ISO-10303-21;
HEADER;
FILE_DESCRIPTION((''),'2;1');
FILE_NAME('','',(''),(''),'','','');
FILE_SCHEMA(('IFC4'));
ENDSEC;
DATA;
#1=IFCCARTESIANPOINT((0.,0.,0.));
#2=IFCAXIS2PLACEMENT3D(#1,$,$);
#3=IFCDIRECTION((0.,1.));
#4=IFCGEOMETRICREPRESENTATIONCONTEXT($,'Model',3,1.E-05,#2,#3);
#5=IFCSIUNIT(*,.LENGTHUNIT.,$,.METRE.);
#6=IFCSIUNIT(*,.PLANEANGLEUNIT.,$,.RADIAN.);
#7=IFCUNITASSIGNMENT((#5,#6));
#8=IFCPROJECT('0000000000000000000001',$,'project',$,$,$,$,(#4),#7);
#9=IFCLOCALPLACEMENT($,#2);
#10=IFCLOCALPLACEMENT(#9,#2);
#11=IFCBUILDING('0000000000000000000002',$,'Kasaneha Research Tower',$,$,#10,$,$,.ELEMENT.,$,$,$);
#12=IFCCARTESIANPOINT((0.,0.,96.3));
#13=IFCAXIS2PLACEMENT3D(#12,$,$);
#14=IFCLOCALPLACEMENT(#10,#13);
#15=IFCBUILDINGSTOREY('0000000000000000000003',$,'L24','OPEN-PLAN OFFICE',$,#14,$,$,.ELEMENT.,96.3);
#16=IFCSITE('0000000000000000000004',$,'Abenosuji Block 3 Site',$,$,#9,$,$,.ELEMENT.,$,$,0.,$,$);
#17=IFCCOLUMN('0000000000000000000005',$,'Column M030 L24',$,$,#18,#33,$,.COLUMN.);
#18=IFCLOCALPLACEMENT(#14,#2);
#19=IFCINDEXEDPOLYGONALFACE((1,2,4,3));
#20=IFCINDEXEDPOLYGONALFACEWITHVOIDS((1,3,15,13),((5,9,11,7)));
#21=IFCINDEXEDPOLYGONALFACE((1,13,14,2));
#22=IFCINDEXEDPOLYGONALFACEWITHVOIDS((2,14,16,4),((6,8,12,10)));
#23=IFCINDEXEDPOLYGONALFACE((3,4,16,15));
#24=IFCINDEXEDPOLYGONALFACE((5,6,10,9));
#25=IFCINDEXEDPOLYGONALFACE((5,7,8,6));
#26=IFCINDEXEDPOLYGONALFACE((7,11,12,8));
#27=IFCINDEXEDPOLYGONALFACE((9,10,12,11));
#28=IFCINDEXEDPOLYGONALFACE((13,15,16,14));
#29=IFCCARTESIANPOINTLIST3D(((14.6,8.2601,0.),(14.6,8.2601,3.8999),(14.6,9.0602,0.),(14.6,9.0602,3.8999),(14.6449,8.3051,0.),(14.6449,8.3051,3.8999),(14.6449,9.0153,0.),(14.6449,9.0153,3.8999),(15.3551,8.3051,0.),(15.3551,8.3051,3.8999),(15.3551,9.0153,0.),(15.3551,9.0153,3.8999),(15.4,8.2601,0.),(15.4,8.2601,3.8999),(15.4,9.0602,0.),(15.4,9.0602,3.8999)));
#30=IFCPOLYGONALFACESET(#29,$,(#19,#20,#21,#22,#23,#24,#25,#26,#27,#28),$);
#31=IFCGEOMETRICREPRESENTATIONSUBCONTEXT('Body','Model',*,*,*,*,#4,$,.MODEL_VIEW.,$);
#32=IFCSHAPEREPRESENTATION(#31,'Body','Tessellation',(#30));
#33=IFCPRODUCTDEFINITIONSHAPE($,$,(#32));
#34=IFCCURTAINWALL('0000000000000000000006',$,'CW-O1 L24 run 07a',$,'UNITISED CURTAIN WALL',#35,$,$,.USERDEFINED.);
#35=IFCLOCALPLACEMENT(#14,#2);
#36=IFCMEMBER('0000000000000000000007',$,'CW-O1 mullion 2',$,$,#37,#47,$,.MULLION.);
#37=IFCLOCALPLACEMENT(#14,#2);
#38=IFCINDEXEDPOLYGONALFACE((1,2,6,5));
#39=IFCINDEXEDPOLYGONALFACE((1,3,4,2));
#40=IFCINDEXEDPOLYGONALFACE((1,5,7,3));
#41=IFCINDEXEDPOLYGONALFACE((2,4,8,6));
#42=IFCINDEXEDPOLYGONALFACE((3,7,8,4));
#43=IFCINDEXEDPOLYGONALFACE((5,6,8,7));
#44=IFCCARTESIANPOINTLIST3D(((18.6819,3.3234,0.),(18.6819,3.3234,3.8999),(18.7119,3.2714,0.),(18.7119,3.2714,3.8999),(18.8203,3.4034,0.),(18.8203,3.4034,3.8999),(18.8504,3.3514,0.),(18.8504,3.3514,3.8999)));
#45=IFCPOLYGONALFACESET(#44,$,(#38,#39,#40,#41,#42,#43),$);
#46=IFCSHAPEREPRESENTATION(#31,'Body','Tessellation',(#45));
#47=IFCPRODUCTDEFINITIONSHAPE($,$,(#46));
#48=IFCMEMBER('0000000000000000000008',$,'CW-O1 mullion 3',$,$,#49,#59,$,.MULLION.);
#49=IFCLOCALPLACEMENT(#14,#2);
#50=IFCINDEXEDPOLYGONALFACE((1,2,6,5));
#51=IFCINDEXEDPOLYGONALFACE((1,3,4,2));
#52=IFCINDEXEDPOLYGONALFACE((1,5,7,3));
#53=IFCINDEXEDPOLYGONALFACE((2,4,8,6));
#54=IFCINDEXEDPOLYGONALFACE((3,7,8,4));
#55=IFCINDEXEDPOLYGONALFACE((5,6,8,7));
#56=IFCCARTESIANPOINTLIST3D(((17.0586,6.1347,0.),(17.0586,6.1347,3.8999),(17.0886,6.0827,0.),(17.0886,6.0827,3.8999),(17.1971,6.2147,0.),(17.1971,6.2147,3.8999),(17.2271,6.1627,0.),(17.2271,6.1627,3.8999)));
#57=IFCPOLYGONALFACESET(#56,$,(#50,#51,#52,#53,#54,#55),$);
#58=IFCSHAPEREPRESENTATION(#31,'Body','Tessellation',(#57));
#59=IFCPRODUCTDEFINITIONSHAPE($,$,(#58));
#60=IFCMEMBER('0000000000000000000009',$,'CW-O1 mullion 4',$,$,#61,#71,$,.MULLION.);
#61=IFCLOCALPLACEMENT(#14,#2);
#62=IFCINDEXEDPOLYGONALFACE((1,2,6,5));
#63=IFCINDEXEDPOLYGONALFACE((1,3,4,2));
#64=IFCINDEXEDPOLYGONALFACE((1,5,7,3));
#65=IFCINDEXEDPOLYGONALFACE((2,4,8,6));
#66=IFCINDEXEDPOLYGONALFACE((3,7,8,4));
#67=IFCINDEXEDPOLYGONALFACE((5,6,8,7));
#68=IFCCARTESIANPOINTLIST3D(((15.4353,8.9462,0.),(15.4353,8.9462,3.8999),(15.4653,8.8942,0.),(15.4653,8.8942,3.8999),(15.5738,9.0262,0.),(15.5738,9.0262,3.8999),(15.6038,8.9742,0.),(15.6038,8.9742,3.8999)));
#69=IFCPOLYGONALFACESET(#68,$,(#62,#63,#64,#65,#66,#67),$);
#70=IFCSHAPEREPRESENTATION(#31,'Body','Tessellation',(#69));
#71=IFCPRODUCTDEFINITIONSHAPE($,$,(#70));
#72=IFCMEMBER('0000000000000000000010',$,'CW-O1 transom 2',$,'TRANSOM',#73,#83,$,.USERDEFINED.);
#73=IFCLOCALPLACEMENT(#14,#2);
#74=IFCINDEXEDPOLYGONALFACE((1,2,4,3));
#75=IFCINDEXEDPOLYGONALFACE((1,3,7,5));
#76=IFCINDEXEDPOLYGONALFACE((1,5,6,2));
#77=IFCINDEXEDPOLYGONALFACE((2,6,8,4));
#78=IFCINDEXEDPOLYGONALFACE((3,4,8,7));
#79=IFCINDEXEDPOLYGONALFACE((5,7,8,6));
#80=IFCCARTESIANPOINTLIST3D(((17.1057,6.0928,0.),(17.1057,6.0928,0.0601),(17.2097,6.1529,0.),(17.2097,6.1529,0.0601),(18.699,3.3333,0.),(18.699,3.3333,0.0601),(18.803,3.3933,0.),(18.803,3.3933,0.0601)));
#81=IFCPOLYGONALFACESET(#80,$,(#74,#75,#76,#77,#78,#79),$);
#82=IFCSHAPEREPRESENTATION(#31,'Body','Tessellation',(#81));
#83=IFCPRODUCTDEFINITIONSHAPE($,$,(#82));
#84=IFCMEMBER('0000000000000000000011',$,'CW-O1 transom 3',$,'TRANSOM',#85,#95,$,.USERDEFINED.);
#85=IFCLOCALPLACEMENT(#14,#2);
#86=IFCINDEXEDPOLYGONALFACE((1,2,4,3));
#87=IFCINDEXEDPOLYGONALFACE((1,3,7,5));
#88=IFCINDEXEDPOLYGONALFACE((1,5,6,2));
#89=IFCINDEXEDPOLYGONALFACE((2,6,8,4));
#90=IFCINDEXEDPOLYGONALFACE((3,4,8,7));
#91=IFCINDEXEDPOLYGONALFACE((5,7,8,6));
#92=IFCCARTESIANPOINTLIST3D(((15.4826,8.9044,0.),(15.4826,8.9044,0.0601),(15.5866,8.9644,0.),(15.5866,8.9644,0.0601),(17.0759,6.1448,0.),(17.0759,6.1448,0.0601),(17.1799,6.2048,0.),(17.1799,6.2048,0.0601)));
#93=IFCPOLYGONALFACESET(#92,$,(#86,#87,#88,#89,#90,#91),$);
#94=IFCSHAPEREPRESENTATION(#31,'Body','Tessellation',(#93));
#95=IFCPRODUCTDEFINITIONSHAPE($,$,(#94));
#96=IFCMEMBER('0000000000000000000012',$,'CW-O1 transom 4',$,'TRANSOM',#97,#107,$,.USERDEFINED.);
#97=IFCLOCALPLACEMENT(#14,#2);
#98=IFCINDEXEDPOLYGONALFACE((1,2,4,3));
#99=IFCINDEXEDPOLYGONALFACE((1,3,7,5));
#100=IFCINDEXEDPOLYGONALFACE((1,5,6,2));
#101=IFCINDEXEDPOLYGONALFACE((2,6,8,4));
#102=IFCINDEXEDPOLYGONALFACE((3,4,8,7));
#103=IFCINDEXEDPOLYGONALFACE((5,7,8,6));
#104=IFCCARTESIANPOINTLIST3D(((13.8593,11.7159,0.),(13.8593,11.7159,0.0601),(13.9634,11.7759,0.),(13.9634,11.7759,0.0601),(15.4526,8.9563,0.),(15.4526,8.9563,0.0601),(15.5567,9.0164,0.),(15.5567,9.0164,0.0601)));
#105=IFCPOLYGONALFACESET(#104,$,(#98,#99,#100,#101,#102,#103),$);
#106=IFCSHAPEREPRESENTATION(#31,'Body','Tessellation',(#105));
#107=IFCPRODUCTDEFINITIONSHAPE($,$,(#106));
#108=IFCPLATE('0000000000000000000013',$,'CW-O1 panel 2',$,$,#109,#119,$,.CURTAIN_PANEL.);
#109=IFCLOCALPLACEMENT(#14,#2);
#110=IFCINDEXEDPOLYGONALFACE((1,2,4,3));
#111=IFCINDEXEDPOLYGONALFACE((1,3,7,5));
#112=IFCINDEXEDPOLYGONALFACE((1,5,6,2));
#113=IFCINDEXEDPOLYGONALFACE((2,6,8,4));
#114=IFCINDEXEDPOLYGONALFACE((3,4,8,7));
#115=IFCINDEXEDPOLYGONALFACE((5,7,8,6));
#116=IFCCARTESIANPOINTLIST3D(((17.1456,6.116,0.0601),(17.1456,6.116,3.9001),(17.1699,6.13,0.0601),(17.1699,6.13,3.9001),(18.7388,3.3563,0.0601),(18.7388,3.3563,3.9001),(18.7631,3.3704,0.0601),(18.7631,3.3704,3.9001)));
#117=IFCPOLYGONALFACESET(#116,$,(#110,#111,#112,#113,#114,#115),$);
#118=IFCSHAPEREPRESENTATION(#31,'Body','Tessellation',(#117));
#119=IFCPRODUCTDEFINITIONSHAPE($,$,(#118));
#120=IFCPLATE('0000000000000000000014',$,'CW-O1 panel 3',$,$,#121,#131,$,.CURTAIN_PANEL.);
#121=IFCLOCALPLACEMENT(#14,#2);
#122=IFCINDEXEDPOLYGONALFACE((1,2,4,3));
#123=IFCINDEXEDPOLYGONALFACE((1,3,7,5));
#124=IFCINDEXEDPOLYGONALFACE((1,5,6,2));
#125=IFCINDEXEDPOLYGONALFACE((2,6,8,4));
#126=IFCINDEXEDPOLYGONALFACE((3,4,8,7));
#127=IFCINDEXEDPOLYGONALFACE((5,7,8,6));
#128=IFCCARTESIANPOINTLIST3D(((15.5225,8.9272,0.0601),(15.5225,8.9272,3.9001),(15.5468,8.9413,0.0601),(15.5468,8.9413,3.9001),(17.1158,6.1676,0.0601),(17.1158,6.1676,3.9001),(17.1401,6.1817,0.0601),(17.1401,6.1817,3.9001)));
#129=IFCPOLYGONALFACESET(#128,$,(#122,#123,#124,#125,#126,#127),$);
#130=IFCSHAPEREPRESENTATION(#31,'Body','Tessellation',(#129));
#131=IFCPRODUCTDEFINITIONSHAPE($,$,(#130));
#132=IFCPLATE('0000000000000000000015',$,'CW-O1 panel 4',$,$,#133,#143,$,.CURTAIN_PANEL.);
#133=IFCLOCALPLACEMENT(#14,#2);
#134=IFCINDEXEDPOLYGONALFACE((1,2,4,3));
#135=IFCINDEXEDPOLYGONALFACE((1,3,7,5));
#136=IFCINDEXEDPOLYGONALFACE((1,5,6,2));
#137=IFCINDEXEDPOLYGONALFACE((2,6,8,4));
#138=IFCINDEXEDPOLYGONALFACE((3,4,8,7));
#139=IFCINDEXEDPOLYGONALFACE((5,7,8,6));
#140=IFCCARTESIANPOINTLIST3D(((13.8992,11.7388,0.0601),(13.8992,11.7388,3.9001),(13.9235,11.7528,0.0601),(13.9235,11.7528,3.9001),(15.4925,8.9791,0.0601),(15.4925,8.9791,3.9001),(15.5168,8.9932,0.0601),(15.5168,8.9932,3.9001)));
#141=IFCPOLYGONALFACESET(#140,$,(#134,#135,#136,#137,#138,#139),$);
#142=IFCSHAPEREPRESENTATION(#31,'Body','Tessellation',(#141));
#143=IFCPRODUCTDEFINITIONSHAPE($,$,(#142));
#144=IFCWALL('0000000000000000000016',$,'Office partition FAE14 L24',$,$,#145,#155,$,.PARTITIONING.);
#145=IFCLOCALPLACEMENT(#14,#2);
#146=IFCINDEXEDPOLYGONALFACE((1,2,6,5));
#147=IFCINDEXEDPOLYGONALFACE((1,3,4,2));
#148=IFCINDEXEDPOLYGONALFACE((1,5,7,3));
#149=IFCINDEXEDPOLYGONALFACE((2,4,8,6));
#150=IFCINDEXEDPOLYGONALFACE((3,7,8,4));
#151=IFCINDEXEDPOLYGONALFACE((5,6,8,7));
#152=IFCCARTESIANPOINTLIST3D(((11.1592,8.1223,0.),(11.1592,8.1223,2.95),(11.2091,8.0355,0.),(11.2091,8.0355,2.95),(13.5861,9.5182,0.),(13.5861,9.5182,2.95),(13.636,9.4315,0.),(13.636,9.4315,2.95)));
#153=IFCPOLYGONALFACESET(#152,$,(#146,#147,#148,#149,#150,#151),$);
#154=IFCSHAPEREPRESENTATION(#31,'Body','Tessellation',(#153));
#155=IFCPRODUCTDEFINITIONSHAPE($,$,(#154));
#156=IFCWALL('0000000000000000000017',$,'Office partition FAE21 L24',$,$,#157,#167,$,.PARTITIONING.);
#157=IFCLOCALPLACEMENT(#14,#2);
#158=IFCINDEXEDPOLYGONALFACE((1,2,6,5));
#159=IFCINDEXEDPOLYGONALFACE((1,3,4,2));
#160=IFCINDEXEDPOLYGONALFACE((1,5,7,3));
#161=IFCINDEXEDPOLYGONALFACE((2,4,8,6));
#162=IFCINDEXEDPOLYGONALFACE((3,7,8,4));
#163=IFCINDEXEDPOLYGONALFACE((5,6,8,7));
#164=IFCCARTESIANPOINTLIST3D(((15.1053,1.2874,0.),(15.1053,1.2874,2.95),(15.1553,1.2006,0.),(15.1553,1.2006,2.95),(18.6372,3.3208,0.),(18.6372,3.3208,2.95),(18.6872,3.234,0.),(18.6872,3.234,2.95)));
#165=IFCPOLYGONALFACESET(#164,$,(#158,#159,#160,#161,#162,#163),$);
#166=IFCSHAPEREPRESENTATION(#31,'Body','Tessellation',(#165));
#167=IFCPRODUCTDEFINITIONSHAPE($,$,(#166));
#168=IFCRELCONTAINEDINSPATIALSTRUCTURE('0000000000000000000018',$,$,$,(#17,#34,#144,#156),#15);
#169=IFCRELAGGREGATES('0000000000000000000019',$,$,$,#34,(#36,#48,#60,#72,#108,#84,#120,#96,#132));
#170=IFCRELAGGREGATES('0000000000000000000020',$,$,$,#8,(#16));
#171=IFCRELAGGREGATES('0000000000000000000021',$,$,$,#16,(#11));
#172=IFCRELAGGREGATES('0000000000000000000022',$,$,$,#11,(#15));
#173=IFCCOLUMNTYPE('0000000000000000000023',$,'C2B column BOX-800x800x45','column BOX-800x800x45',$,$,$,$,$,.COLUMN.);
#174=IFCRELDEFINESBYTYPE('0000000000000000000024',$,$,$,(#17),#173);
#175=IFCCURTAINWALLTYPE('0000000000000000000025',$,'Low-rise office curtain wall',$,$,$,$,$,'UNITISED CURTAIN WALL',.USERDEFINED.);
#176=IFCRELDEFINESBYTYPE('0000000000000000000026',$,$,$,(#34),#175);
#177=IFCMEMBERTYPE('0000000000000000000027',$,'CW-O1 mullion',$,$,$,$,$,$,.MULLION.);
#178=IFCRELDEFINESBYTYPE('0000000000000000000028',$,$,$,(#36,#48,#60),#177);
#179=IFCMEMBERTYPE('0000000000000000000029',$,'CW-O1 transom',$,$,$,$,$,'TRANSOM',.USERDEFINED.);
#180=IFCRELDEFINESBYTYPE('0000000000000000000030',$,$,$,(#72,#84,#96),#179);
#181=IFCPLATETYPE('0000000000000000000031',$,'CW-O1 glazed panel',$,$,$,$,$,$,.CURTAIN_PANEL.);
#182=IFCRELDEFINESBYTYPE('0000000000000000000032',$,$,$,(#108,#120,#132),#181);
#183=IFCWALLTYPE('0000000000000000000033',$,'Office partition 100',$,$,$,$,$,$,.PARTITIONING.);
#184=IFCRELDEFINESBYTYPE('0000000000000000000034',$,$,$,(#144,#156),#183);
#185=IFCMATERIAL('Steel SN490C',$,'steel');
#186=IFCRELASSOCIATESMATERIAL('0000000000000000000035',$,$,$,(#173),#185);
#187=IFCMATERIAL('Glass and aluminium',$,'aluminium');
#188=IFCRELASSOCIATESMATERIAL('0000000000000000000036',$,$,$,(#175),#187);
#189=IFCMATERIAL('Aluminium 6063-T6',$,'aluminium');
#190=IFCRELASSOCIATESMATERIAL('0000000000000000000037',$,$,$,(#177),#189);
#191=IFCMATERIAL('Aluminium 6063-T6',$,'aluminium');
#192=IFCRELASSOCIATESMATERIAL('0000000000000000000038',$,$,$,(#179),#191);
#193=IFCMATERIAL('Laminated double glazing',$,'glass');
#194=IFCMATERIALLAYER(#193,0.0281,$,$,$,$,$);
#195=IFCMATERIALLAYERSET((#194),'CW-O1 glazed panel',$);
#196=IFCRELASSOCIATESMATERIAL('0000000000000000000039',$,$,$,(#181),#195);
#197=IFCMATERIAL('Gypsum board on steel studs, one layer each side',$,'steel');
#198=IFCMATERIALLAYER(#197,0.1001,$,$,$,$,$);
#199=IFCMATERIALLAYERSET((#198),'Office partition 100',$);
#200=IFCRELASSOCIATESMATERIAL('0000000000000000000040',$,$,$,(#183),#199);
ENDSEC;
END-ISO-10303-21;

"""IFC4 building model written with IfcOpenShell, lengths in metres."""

from ifc_helpers import new_model, si_unit, direction, frame, frame_2d, origin, origin_2d, place, context, subcontext, project, spatial, rectangle, hollow_rectangle, extrude, material, layer, layer_set, material_profile, profile_set, type_object, element, aggregate, save


model = new_model("IFC4")

# Units and contexts
model_context = context("Model", 3, precision=1e-05, world=origin(), true_north=direction((0.0, 1.0)))
body_context = subcontext(model_context, "Body", "Model", "MODEL_VIEW")
ifc_project = project(units=[si_unit("LENGTHUNIT", "METRE"), si_unit("PLANEANGLEUNIT", "RADIAN")], contexts=[model_context])

# Site, building, storey
site_placement = place(None, origin())
site = spatial("IfcSite", under=ifc_project, at=site_placement, Name="Abenosuji Block 3 Site", CompositionType="ELEMENT", RefElevation=0.0)
building_placement = place(site_placement, origin())
building = spatial("IfcBuilding", under=site, at=building_placement, Name="Kasaneha Research Tower", CompositionType="ELEMENT")
storey_placement = place(building_placement, frame((0.0, 0.0, 96.3)))
storey = spatial("IfcBuildingStorey", under=building, at=storey_placement, Name="L24", Description="OPEN-PLAN OFFICE", CompositionType="ELEMENT", Elevation=96.3)

# Column
ifc_material_1 = material(Name="Steel SN490C", Category="steel")
ifc_material_profile_1 = material_profile(ifc_material_1, hollow_rectangle(XDim=0.8, YDim=0.8, WallThickness=0.0449, at=origin_2d()), Name="BOX-800x800x45")
ifc_profile_set_1 = profile_set([ifc_material_profile_1], Name="Steel SN490C")
column_type = type_object("IfcColumnType", Name="C2B column BOX-800x800x45", Description="column BOX-800x800x45", PredefinedType="COLUMN", material=ifc_profile_set_1)
column_placement = place(storey_placement, frame((15.0, 8.6602, 0.0), z_axis=(0.0, 0.0, 1.0), x_axis=(1.0, 0.0, 0.0)))
element("IfcColumn", 1, at=column_placement, inside=storey, type_object=column_type, Name="Column M030 L24", PredefinedType="COLUMN", context=body_context, shape_type="SweptSolid", body=[
    extrude(hollow_rectangle(XDim=0.8, YDim=0.8, WallThickness=0.0449, at=origin_2d()), origin(), (0.0, 0.0, 1.0), 3.8999),
])

# Curtain wall, members, plates
ifc_material_2 = material(Name="Glass and aluminium", Category="aluminium")
curtain_wall_type = type_object("IfcCurtainWallType", Name="Low-rise office curtain wall", ElementType="UNITISED CURTAIN WALL", PredefinedType="USERDEFINED", material=ifc_material_2)
curtain_wall_placement = place(storey_placement, origin())
curtain_wall = element("IfcCurtainWall", 2, at=curtain_wall_placement, inside=storey, type_object=curtain_wall_type, Name="CW-O1 L24 run 07a", ObjectType="UNITISED CURTAIN WALL", PredefinedType="USERDEFINED")
ifc_material_3 = material(Name="Aluminium 6063-T6", Category="aluminium")
ifc_material_profile_2 = material_profile(ifc_material_3, rectangle(XDim=0.0601, YDim=0.1599, at=origin_2d()), Name="CW-O1 mullion 60x160")
ifc_profile_set_2 = profile_set([ifc_material_profile_2], Name="Aluminium 6063-T6")
member_type_1 = type_object("IfcMemberType", Name="CW-O1 mullion", PredefinedType="MULLION", material=ifc_profile_set_2)
member_1_placement = place(storey_placement, frame((18.7661, 3.3374, 0.0), z_axis=(0.0, 0.0, 1.0), x_axis=(-0.5, 0.866025, 0.0)))
member_1 = element("IfcMember", 3, at=member_1_placement, type_object=member_type_1, Name="CW-O1 mullion 2", PredefinedType="MULLION", context=body_context, shape_type="SweptSolid", body=[
    extrude(rectangle(XDim=0.0601, YDim=0.1599, at=origin_2d()), origin(), (0.0, 0.0, 1.0), 3.8999),
])
member_2_placement = place(storey_placement, frame((17.1428, 6.1487, 0.0), z_axis=(0.0, 0.0, 1.0), x_axis=(-0.5, 0.866025, 0.0)))
member_2 = element("IfcMember", 4, at=member_2_placement, type_object=member_type_1, Name="CW-O1 mullion 3", PredefinedType="MULLION", context=body_context, shape_type="SweptSolid", body=[
    extrude(rectangle(XDim=0.0601, YDim=0.1599, at=origin_2d()), origin(), (0.0, 0.0, 1.0), 3.8999),
])
member_3_placement = place(storey_placement, frame((15.5195, 8.9602, 0.0), z_axis=(0.0, 0.0, 1.0), x_axis=(-0.5, 0.866025, 0.0)))
member_3 = element("IfcMember", 5, at=member_3_placement, type_object=member_type_1, Name="CW-O1 mullion 4", PredefinedType="MULLION", context=body_context, shape_type="SweptSolid", body=[
    extrude(rectangle(XDim=0.0601, YDim=0.1599, at=origin_2d()), origin(), (0.0, 0.0, 1.0), 3.8999),
])
ifc_material_4 = material(Name="Aluminium 6063-T6", Category="aluminium")
ifc_material_profile_3 = material_profile(ifc_material_4, rectangle(XDim=0.1201, YDim=0.0601, at=origin_2d()), Name="CW-O1 transom 120x60")
ifc_profile_set_3 = profile_set([ifc_material_profile_3], Name="Aluminium 6063-T6")
member_type_2 = type_object("IfcMemberType", Name="CW-O1 transom", ElementType="TRANSOM", PredefinedType="USERDEFINED", material=ifc_profile_set_3)
member_4_placement = place(storey_placement, frame((18.751, 3.3633, 0.03), z_axis=(-0.500012, 0.866018, 0.0), x_axis=(-0.866018, -0.500012, 0.0)))
member_4 = element("IfcMember", 6, at=member_4_placement, type_object=member_type_2, Name="CW-O1 transom 2", ObjectType="TRANSOM", PredefinedType="USERDEFINED", context=body_context, shape_type="SweptSolid", body=[
    extrude(rectangle(XDim=0.1201, YDim=0.0601, at=origin_2d()), origin(), (0.0, 0.0, 1.0), 3.1865),
])
member_5_placement = place(storey_placement, frame((17.1279, 6.1748, 0.03), z_axis=(-0.500012, 0.866018, 0.0), x_axis=(-0.866018, -0.500012, 0.0)))
member_5 = element("IfcMember", 7, at=member_5_placement, type_object=member_type_2, Name="CW-O1 transom 3", ObjectType="TRANSOM", PredefinedType="USERDEFINED", context=body_context, shape_type="SweptSolid", body=[
    extrude(rectangle(XDim=0.1201, YDim=0.0601, at=origin_2d()), origin(), (0.0, 0.0, 1.0), 3.1865),
])
member_6_placement = place(storey_placement, frame((15.5046, 8.9863, 0.03), z_axis=(-0.500012, 0.866018, 0.0), x_axis=(-0.866018, -0.500012, 0.0)))
member_6 = element("IfcMember", 8, at=member_6_placement, type_object=member_type_2, Name="CW-O1 transom 4", ObjectType="TRANSOM", PredefinedType="USERDEFINED", context=body_context, shape_type="SweptSolid", body=[
    extrude(rectangle(XDim=0.1201, YDim=0.0601, at=origin_2d()), origin(), (0.0, 0.0, 1.0), 3.1865),
])
ifc_material_5 = material(Name="Laminated double glazing", Category="glass")
ifc_layer_1 = layer(ifc_material_5, 0.0281)
ifc_layer_set_1 = layer_set([ifc_layer_1], Name="CW-O1 glazed panel")
plate_type = type_object("IfcPlateType", Name="CW-O1 glazed panel", PredefinedType="CURTAIN_PANEL", material=ifc_layer_set_1)
plate_1_placement = place(storey_placement, frame((17.9543, 4.7432, 0.0601), z_axis=(0.0, 0.0, 1.0), x_axis=(-0.5, 0.866025, 0.0)))
plate_1 = element("IfcPlate", 9, at=plate_1_placement, type_object=plate_type, Name="CW-O1 panel 2", PredefinedType="CURTAIN_PANEL", context=body_context, shape_type="SweptSolid", body=[
    extrude(rectangle(XDim=3.1865, YDim=0.0281, at=origin_2d()), origin(), (0.0, 0.0, 1.0), 3.8401),
])
plate_2_placement = place(storey_placement, frame((16.3313, 7.5544, 0.0601), z_axis=(0.0, 0.0, 1.0), x_axis=(-0.5, 0.866025, 0.0)))
plate_2 = element("IfcPlate", 10, at=plate_2_placement, type_object=plate_type, Name="CW-O1 panel 3", PredefinedType="CURTAIN_PANEL", context=body_context, shape_type="SweptSolid", body=[
    extrude(rectangle(XDim=3.1865, YDim=0.0281, at=origin_2d()), origin(), (0.0, 0.0, 1.0), 3.8401),
])
plate_3_placement = place(storey_placement, frame((14.708, 10.366, 0.0601), z_axis=(0.0, 0.0, 1.0), x_axis=(-0.5, 0.866025, 0.0)))
plate_3 = element("IfcPlate", 11, at=plate_3_placement, type_object=plate_type, Name="CW-O1 panel 4", PredefinedType="CURTAIN_PANEL", context=body_context, shape_type="SweptSolid", body=[
    extrude(rectangle(XDim=3.1865, YDim=0.0281, at=origin_2d()), origin(), (0.0, 0.0, 1.0), 3.8401),
])
aggregate(curtain_wall, [member_1, member_2, member_3, member_4, plate_1, member_5, plate_2, member_6, plate_3])

# Walls
ifc_material_6 = material(Name="Gypsum board on steel studs, one layer each side", Category="steel")
ifc_layer_2 = layer(ifc_material_6, 0.1001)
ifc_layer_set_2 = layer_set([ifc_layer_2], Name="Office partition 100")
wall_type_1 = type_object("IfcWallType", Name="Office partition 100", PredefinedType="PARTITIONING", material=ifc_layer_set_2)
wall_1_placement = place(storey_placement, frame((13.6111, 9.4749, 0.0), z_axis=(0.0, 0.0, 1.0), x_axis=(-0.866834, -0.498597, 0.0)))
element("IfcWall", 12, at=wall_1_placement, inside=storey, type_object=wall_type_1, Name="Office partition FAE14 L24", PredefinedType="PARTITIONING", context=body_context, shape_type="SweptSolid", body=[
    extrude(rectangle(XDim=2.7998, YDim=0.1001, at=frame_2d((1.3999, 0.0))), origin(), (0.0, 0.0, 1.0), 2.95),
])
wall_2_placement = place(storey_placement, frame((18.6621, 3.2773, 0.0), z_axis=(0.0, 0.0, 1.0), x_axis=(-0.866635, -0.498943, 0.0)))
element("IfcWall", 13, at=wall_2_placement, inside=storey, type_object=wall_type_1, Name="Office partition FAE21 L24", PredefinedType="PARTITIONING", context=body_context, shape_type="SweptSolid", body=[
    extrude(rectangle(XDim=4.0754, YDim=0.1001, at=frame_2d((2.0376, 0.0))), origin(), (0.0, 0.0, 1.0), 2.95),
])

save(model, "model.ifc")
